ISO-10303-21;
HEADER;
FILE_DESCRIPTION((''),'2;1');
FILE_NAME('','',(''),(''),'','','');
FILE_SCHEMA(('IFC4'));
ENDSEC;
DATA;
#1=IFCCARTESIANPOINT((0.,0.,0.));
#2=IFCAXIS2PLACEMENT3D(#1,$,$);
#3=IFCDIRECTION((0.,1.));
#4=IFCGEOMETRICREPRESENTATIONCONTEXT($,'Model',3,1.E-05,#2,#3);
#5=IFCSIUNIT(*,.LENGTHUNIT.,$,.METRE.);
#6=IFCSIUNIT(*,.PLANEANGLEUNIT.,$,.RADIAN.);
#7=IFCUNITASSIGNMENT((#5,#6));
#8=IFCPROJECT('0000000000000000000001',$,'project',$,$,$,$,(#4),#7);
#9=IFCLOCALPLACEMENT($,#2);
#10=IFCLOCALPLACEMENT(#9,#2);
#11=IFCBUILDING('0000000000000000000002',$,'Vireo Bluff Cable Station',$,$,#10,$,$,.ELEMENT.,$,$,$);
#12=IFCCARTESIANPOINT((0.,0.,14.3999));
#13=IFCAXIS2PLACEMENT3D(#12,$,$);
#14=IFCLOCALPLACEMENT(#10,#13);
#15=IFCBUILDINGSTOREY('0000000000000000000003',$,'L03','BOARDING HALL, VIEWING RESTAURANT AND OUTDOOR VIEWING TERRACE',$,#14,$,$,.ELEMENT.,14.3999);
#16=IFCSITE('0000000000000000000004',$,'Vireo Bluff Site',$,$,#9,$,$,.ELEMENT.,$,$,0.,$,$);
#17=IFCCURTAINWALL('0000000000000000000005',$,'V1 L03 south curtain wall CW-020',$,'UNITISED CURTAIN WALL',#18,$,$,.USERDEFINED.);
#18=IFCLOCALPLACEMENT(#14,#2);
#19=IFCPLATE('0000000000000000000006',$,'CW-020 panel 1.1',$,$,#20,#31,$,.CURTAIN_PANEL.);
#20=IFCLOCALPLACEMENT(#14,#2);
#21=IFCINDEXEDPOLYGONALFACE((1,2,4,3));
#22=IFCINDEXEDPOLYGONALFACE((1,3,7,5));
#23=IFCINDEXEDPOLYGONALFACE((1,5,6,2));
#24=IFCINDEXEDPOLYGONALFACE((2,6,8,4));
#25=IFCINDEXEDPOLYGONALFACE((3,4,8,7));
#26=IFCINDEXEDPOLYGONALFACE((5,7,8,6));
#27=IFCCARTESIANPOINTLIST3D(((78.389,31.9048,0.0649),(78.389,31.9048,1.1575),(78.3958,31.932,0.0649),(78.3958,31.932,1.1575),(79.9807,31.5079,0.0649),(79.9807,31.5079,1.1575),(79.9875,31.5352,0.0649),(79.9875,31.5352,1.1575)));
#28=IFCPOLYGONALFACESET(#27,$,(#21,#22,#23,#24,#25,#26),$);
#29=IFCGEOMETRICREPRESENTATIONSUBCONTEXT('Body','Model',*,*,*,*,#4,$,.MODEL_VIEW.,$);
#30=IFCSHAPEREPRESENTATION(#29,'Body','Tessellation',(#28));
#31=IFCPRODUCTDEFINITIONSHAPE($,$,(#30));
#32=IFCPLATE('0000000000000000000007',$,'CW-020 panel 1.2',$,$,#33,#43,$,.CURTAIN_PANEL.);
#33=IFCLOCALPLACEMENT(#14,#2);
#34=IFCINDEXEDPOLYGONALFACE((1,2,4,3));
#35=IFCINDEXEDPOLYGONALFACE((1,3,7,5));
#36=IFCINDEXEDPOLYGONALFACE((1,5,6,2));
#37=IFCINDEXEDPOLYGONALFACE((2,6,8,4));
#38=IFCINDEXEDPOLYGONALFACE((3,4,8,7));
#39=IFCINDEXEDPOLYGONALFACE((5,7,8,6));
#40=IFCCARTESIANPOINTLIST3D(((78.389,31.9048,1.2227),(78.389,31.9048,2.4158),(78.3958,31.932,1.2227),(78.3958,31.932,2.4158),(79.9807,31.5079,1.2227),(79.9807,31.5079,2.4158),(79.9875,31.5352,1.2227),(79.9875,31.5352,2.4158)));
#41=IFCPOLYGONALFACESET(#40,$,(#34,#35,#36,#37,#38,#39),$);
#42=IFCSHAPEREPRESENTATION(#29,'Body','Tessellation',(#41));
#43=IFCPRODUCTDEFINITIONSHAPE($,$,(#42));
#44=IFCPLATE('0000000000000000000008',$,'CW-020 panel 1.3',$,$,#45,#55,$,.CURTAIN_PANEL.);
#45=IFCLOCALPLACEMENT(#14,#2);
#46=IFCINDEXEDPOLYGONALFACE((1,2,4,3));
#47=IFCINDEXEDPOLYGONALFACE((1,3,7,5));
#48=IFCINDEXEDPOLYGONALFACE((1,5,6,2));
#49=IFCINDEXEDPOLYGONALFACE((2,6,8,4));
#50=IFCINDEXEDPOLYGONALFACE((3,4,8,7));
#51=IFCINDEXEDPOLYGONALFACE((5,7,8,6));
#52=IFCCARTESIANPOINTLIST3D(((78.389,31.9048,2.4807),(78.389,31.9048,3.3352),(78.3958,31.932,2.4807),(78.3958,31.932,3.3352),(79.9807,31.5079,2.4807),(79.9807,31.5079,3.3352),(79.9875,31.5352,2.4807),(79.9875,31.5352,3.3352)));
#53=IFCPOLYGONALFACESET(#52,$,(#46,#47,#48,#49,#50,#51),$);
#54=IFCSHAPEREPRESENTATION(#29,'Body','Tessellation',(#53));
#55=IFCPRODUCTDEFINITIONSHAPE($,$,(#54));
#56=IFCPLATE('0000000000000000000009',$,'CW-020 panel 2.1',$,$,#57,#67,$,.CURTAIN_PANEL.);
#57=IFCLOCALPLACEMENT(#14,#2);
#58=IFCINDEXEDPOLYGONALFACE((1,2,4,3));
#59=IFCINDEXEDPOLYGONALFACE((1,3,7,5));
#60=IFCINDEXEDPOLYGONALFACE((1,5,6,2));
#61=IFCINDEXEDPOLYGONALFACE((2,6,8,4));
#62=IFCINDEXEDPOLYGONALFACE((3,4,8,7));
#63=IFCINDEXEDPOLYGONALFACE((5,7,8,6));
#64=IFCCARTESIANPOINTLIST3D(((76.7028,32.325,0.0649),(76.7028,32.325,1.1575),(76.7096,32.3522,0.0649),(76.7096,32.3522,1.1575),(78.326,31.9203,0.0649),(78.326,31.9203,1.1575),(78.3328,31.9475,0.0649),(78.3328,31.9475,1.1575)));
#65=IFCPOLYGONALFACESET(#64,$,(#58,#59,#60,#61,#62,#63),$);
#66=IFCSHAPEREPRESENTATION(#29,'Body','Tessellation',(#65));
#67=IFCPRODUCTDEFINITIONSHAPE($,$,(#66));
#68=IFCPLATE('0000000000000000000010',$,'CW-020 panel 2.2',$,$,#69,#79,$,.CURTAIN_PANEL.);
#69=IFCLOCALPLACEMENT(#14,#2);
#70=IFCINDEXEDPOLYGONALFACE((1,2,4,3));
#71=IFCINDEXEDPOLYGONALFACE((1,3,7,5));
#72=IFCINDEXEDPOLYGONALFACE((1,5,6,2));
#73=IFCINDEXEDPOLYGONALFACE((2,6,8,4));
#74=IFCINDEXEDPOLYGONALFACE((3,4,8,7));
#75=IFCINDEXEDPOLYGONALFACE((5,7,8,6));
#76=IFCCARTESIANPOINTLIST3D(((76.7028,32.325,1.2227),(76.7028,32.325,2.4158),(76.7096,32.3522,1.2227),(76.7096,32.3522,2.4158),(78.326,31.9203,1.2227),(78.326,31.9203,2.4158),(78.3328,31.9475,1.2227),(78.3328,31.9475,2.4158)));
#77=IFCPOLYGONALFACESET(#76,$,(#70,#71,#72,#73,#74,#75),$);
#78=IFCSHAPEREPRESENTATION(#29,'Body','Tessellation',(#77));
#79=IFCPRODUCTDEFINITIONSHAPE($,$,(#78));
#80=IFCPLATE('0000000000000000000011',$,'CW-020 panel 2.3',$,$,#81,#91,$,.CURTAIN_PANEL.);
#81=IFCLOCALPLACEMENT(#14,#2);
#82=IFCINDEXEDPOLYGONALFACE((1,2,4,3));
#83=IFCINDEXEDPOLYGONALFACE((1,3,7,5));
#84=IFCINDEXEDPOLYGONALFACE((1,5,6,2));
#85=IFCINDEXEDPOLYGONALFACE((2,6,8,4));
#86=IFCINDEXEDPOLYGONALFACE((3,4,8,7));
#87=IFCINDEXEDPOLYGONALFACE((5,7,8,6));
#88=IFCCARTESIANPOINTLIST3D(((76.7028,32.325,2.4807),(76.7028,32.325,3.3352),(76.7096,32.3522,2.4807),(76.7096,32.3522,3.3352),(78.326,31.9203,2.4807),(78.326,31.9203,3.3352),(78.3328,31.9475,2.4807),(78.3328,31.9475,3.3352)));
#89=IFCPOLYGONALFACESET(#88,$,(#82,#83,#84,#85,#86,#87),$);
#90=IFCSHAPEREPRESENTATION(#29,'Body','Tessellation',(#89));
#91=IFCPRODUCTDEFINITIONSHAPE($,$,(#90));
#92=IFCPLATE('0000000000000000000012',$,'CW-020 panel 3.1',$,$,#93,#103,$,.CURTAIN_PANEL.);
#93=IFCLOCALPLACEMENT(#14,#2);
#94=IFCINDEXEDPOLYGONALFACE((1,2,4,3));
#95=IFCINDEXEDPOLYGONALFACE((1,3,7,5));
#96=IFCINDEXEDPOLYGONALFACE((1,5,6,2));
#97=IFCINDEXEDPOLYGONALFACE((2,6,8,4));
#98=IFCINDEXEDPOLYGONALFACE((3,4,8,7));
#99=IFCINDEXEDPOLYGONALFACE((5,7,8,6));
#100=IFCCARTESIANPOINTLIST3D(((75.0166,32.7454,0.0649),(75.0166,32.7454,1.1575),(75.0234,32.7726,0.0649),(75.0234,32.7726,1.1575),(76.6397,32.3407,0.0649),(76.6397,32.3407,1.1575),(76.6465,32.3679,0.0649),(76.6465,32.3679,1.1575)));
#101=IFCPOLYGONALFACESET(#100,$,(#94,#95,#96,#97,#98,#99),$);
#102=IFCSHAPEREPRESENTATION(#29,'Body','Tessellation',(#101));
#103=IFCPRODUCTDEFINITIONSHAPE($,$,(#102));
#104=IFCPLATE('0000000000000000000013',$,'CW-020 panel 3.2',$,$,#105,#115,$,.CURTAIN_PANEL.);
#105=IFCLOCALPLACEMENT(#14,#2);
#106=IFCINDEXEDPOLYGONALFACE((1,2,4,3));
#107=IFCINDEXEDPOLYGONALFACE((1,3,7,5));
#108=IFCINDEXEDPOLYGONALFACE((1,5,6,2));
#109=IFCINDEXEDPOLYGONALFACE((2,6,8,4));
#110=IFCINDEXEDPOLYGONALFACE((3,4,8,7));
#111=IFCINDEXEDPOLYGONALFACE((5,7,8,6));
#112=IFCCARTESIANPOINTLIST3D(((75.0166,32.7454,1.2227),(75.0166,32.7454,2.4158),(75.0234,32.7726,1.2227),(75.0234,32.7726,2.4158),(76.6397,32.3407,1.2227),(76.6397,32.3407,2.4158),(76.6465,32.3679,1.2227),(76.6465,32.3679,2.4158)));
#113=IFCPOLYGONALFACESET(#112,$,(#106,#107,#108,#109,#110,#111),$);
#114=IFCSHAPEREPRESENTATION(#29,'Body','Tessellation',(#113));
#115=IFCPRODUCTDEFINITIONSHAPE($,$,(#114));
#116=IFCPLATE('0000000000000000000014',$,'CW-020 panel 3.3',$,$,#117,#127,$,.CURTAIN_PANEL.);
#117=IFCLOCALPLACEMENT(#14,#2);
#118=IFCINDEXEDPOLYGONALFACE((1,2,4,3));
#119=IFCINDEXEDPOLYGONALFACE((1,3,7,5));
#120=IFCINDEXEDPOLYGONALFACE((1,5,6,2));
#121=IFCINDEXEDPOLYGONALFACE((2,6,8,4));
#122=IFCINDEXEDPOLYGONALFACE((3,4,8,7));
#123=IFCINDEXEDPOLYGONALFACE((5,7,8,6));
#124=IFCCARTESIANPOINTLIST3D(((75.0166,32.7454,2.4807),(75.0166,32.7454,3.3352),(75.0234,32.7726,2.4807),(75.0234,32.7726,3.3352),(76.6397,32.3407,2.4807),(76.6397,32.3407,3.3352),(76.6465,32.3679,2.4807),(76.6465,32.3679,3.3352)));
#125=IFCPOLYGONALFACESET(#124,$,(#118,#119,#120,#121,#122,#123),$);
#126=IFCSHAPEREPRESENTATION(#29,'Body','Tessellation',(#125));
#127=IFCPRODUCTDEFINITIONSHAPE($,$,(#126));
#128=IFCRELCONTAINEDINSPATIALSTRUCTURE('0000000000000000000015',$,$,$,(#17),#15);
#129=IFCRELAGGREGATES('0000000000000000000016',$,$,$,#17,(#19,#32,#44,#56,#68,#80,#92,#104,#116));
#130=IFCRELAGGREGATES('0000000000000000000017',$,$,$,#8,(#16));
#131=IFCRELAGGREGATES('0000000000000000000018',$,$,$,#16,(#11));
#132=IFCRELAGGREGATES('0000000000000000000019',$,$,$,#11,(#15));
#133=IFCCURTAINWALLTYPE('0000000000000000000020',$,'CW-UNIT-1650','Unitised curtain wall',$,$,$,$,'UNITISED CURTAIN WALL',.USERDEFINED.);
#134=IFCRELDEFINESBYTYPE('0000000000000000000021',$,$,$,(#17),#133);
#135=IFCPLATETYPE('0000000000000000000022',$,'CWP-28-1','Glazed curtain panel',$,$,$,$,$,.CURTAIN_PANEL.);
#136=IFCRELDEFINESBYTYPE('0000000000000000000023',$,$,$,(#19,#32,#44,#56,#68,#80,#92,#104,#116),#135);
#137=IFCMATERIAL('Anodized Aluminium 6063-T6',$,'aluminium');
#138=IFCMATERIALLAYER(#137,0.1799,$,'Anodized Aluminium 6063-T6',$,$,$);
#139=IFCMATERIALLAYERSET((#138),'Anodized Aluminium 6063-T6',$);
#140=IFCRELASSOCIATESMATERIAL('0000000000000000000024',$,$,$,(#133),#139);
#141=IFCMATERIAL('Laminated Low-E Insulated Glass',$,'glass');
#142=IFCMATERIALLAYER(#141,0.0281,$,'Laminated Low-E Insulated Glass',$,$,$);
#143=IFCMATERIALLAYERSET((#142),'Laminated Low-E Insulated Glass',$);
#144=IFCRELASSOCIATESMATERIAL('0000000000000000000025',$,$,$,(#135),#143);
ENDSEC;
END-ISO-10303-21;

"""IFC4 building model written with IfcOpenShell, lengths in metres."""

from ifc_helpers import new_model, si_unit, direction, frame, origin, origin_2d, place, context, subcontext, project, spatial, rectangle, extrude, material, layer, layer_set, type_object, element, aggregate, save


model = new_model("IFC4")

# Units and contexts
model_context = context("Model", 3, precision=1e-05, world=origin(), true_north=direction((0.0, 1.0)))
body_context = subcontext(model_context, "Body", "Model", "MODEL_VIEW")
ifc_project = project(units=[si_unit("LENGTHUNIT", "METRE"), si_unit("PLANEANGLEUNIT", "RADIAN")], contexts=[model_context])

# Site, building, storey
site_placement = place(None, origin())
site = spatial("IfcSite", under=ifc_project, at=site_placement, Name="Vireo Bluff Site", CompositionType="ELEMENT", RefElevation=0.0)
building_placement = place(site_placement, origin())
building = spatial("IfcBuilding", under=site, at=building_placement, Name="Vireo Bluff Cable Station", CompositionType="ELEMENT")
storey_placement = place(building_placement, frame((0.0, 0.0, 14.3999)))
storey = spatial("IfcBuildingStorey", under=building, at=storey_placement, Name="L03", Description="BOARDING HALL, VIEWING RESTAURANT AND OUTDOOR VIEWING TERRACE", CompositionType="ELEMENT", Elevation=14.3999)

# Curtain wall, plates
ifc_material_1 = material(Name="Anodized Aluminium 6063-T6", Category="aluminium")
ifc_layer_1 = layer(ifc_material_1, 0.1799, Name="Anodized Aluminium 6063-T6")
ifc_layer_set_1 = layer_set([ifc_layer_1], Name="Anodized Aluminium 6063-T6")
curtain_wall_type = type_object("IfcCurtainWallType", Name="CW-UNIT-1650", Description="Unitised curtain wall", ElementType="UNITISED CURTAIN WALL", PredefinedType="USERDEFINED", material=ifc_layer_set_1)
curtain_wall_placement = place(storey_placement, origin())
curtain_wall = element("IfcCurtainWall", 1, at=curtain_wall_placement, inside=storey, type_object=curtain_wall_type, Name="V1 L03 south curtain wall CW-020", ObjectType="UNITISED CURTAIN WALL", PredefinedType="USERDEFINED")
ifc_material_2 = material(Name="Laminated Low-E Insulated Glass", Category="glass")
ifc_layer_2 = layer(ifc_material_2, 0.0281, Name="Laminated Low-E Insulated Glass")
ifc_layer_set_2 = layer_set([ifc_layer_2], Name="Laminated Low-E Insulated Glass")
plate_type = type_object("IfcPlateType", Name="CWP-28-1", Description="Glazed curtain panel", PredefinedType="CURTAIN_PANEL", material=ifc_layer_set_2)
plate_1_placement = place(storey_placement, frame((79.1882, 31.72, 0.0649), z_axis=(0.0, 0.0, 1.0), x_axis=(-0.970296, 0.241922, 0.0)))
plate_1 = element("IfcPlate", 2, at=plate_1_placement, type_object=plate_type, Name="CW-020 panel 1.1", PredefinedType="CURTAIN_PANEL", context=body_context, shape_type="SweptSolid", body=[
    extrude(rectangle(XDim=1.6404, YDim=0.0281, at=origin_2d()), origin(), (0.0, 0.0, 1.0), 1.0925),
])
plate_2_placement = place(storey_placement, frame((79.1882, 31.72, 1.2227), z_axis=(0.0, 0.0, 1.0), x_axis=(-0.970296, 0.241922, 0.0)))
plate_2 = element("IfcPlate", 3, at=plate_2_placement, type_object=plate_type, Name="CW-020 panel 1.2", PredefinedType="CURTAIN_PANEL", context=body_context, shape_type="SweptSolid", body=[
    extrude(rectangle(XDim=1.6404, YDim=0.0281, at=origin_2d()), origin(), (0.0, 0.0, 1.0), 1.1931),
])
plate_3_placement = place(storey_placement, frame((79.1882, 31.72, 2.4807), z_axis=(0.0, 0.0, 1.0), x_axis=(-0.970296, 0.241922, 0.0)))
plate_3 = element("IfcPlate", 4, at=plate_3_placement, type_object=plate_type, Name="CW-020 panel 1.3", PredefinedType="CURTAIN_PANEL", context=body_context, shape_type="SweptSolid", body=[
    extrude(rectangle(XDim=1.6404, YDim=0.0281, at=origin_2d()), origin(), (0.0, 0.0, 1.0), 0.8545),
])
plate_4_placement = place(storey_placement, frame((77.5178, 32.1362, 0.0649), z_axis=(0.0, 0.0, 1.0), x_axis=(-0.970296, 0.241922, 0.0)))
plate_4 = element("IfcPlate", 5, at=plate_4_placement, type_object=plate_type, Name="CW-020 panel 2.1", PredefinedType="CURTAIN_PANEL", context=body_context, shape_type="SweptSolid", body=[
    extrude(rectangle(XDim=1.6729, YDim=0.0281, at=origin_2d()), origin(), (0.0, 0.0, 1.0), 1.0925),
])
plate_5_placement = place(storey_placement, frame((77.5178, 32.1362, 1.2227), z_axis=(0.0, 0.0, 1.0), x_axis=(-0.970296, 0.241922, 0.0)))
plate_5 = element("IfcPlate", 6, at=plate_5_placement, type_object=plate_type, Name="CW-020 panel 2.2", PredefinedType="CURTAIN_PANEL", context=body_context, shape_type="SweptSolid", body=[
    extrude(rectangle(XDim=1.6729, YDim=0.0281, at=origin_2d()), origin(), (0.0, 0.0, 1.0), 1.1931),
])
plate_6_placement = place(storey_placement, frame((77.5178, 32.1362, 2.4807), z_axis=(0.0, 0.0, 1.0), x_axis=(-0.970296, 0.241922, 0.0)))
plate_6 = element("IfcPlate", 7, at=plate_6_placement, type_object=plate_type, Name="CW-020 panel 2.3", PredefinedType="CURTAIN_PANEL", context=body_context, shape_type="SweptSolid", body=[
    extrude(rectangle(XDim=1.6729, YDim=0.0281, at=origin_2d()), origin(), (0.0, 0.0, 1.0), 0.8545),
])
plate_7_placement = place(storey_placement, frame((75.8315, 32.5566, 0.0649), z_axis=(0.0, 0.0, 1.0), x_axis=(-0.970296, 0.241922, 0.0)))
plate_7 = element("IfcPlate", 8, at=plate_7_placement, type_object=plate_type, Name="CW-020 panel 3.1", PredefinedType="CURTAIN_PANEL", context=body_context, shape_type="SweptSolid", body=[
    extrude(rectangle(XDim=1.6729, YDim=0.0281, at=origin_2d()), origin(), (0.0, 0.0, 1.0), 1.0925),
])
plate_8_placement = place(storey_placement, frame((75.8315, 32.5566, 1.2227), z_axis=(0.0, 0.0, 1.0), x_axis=(-0.970296, 0.241922, 0.0)))
plate_8 = element("IfcPlate", 9, at=plate_8_placement, type_object=plate_type, Name="CW-020 panel 3.2", PredefinedType="CURTAIN_PANEL", context=body_context, shape_type="SweptSolid", body=[
    extrude(rectangle(XDim=1.6729, YDim=0.0281, at=origin_2d()), origin(), (0.0, 0.0, 1.0), 1.1931),
])
plate_9_placement = place(storey_placement, frame((75.8315, 32.5566, 2.4807), z_axis=(0.0, 0.0, 1.0), x_axis=(-0.970296, 0.241922, 0.0)))
plate_9 = element("IfcPlate", 10, at=plate_9_placement, type_object=plate_type, Name="CW-020 panel 3.3", PredefinedType="CURTAIN_PANEL", context=body_context, shape_type="SweptSolid", body=[
    extrude(rectangle(XDim=1.6729, YDim=0.0281, at=origin_2d()), origin(), (0.0, 0.0, 1.0), 0.8545),
])
aggregate(curtain_wall, [plate_1, plate_2, plate_3, plate_4, plate_5, plate_6, plate_7, plate_8, plate_9])

save(model, "model.ifc")
